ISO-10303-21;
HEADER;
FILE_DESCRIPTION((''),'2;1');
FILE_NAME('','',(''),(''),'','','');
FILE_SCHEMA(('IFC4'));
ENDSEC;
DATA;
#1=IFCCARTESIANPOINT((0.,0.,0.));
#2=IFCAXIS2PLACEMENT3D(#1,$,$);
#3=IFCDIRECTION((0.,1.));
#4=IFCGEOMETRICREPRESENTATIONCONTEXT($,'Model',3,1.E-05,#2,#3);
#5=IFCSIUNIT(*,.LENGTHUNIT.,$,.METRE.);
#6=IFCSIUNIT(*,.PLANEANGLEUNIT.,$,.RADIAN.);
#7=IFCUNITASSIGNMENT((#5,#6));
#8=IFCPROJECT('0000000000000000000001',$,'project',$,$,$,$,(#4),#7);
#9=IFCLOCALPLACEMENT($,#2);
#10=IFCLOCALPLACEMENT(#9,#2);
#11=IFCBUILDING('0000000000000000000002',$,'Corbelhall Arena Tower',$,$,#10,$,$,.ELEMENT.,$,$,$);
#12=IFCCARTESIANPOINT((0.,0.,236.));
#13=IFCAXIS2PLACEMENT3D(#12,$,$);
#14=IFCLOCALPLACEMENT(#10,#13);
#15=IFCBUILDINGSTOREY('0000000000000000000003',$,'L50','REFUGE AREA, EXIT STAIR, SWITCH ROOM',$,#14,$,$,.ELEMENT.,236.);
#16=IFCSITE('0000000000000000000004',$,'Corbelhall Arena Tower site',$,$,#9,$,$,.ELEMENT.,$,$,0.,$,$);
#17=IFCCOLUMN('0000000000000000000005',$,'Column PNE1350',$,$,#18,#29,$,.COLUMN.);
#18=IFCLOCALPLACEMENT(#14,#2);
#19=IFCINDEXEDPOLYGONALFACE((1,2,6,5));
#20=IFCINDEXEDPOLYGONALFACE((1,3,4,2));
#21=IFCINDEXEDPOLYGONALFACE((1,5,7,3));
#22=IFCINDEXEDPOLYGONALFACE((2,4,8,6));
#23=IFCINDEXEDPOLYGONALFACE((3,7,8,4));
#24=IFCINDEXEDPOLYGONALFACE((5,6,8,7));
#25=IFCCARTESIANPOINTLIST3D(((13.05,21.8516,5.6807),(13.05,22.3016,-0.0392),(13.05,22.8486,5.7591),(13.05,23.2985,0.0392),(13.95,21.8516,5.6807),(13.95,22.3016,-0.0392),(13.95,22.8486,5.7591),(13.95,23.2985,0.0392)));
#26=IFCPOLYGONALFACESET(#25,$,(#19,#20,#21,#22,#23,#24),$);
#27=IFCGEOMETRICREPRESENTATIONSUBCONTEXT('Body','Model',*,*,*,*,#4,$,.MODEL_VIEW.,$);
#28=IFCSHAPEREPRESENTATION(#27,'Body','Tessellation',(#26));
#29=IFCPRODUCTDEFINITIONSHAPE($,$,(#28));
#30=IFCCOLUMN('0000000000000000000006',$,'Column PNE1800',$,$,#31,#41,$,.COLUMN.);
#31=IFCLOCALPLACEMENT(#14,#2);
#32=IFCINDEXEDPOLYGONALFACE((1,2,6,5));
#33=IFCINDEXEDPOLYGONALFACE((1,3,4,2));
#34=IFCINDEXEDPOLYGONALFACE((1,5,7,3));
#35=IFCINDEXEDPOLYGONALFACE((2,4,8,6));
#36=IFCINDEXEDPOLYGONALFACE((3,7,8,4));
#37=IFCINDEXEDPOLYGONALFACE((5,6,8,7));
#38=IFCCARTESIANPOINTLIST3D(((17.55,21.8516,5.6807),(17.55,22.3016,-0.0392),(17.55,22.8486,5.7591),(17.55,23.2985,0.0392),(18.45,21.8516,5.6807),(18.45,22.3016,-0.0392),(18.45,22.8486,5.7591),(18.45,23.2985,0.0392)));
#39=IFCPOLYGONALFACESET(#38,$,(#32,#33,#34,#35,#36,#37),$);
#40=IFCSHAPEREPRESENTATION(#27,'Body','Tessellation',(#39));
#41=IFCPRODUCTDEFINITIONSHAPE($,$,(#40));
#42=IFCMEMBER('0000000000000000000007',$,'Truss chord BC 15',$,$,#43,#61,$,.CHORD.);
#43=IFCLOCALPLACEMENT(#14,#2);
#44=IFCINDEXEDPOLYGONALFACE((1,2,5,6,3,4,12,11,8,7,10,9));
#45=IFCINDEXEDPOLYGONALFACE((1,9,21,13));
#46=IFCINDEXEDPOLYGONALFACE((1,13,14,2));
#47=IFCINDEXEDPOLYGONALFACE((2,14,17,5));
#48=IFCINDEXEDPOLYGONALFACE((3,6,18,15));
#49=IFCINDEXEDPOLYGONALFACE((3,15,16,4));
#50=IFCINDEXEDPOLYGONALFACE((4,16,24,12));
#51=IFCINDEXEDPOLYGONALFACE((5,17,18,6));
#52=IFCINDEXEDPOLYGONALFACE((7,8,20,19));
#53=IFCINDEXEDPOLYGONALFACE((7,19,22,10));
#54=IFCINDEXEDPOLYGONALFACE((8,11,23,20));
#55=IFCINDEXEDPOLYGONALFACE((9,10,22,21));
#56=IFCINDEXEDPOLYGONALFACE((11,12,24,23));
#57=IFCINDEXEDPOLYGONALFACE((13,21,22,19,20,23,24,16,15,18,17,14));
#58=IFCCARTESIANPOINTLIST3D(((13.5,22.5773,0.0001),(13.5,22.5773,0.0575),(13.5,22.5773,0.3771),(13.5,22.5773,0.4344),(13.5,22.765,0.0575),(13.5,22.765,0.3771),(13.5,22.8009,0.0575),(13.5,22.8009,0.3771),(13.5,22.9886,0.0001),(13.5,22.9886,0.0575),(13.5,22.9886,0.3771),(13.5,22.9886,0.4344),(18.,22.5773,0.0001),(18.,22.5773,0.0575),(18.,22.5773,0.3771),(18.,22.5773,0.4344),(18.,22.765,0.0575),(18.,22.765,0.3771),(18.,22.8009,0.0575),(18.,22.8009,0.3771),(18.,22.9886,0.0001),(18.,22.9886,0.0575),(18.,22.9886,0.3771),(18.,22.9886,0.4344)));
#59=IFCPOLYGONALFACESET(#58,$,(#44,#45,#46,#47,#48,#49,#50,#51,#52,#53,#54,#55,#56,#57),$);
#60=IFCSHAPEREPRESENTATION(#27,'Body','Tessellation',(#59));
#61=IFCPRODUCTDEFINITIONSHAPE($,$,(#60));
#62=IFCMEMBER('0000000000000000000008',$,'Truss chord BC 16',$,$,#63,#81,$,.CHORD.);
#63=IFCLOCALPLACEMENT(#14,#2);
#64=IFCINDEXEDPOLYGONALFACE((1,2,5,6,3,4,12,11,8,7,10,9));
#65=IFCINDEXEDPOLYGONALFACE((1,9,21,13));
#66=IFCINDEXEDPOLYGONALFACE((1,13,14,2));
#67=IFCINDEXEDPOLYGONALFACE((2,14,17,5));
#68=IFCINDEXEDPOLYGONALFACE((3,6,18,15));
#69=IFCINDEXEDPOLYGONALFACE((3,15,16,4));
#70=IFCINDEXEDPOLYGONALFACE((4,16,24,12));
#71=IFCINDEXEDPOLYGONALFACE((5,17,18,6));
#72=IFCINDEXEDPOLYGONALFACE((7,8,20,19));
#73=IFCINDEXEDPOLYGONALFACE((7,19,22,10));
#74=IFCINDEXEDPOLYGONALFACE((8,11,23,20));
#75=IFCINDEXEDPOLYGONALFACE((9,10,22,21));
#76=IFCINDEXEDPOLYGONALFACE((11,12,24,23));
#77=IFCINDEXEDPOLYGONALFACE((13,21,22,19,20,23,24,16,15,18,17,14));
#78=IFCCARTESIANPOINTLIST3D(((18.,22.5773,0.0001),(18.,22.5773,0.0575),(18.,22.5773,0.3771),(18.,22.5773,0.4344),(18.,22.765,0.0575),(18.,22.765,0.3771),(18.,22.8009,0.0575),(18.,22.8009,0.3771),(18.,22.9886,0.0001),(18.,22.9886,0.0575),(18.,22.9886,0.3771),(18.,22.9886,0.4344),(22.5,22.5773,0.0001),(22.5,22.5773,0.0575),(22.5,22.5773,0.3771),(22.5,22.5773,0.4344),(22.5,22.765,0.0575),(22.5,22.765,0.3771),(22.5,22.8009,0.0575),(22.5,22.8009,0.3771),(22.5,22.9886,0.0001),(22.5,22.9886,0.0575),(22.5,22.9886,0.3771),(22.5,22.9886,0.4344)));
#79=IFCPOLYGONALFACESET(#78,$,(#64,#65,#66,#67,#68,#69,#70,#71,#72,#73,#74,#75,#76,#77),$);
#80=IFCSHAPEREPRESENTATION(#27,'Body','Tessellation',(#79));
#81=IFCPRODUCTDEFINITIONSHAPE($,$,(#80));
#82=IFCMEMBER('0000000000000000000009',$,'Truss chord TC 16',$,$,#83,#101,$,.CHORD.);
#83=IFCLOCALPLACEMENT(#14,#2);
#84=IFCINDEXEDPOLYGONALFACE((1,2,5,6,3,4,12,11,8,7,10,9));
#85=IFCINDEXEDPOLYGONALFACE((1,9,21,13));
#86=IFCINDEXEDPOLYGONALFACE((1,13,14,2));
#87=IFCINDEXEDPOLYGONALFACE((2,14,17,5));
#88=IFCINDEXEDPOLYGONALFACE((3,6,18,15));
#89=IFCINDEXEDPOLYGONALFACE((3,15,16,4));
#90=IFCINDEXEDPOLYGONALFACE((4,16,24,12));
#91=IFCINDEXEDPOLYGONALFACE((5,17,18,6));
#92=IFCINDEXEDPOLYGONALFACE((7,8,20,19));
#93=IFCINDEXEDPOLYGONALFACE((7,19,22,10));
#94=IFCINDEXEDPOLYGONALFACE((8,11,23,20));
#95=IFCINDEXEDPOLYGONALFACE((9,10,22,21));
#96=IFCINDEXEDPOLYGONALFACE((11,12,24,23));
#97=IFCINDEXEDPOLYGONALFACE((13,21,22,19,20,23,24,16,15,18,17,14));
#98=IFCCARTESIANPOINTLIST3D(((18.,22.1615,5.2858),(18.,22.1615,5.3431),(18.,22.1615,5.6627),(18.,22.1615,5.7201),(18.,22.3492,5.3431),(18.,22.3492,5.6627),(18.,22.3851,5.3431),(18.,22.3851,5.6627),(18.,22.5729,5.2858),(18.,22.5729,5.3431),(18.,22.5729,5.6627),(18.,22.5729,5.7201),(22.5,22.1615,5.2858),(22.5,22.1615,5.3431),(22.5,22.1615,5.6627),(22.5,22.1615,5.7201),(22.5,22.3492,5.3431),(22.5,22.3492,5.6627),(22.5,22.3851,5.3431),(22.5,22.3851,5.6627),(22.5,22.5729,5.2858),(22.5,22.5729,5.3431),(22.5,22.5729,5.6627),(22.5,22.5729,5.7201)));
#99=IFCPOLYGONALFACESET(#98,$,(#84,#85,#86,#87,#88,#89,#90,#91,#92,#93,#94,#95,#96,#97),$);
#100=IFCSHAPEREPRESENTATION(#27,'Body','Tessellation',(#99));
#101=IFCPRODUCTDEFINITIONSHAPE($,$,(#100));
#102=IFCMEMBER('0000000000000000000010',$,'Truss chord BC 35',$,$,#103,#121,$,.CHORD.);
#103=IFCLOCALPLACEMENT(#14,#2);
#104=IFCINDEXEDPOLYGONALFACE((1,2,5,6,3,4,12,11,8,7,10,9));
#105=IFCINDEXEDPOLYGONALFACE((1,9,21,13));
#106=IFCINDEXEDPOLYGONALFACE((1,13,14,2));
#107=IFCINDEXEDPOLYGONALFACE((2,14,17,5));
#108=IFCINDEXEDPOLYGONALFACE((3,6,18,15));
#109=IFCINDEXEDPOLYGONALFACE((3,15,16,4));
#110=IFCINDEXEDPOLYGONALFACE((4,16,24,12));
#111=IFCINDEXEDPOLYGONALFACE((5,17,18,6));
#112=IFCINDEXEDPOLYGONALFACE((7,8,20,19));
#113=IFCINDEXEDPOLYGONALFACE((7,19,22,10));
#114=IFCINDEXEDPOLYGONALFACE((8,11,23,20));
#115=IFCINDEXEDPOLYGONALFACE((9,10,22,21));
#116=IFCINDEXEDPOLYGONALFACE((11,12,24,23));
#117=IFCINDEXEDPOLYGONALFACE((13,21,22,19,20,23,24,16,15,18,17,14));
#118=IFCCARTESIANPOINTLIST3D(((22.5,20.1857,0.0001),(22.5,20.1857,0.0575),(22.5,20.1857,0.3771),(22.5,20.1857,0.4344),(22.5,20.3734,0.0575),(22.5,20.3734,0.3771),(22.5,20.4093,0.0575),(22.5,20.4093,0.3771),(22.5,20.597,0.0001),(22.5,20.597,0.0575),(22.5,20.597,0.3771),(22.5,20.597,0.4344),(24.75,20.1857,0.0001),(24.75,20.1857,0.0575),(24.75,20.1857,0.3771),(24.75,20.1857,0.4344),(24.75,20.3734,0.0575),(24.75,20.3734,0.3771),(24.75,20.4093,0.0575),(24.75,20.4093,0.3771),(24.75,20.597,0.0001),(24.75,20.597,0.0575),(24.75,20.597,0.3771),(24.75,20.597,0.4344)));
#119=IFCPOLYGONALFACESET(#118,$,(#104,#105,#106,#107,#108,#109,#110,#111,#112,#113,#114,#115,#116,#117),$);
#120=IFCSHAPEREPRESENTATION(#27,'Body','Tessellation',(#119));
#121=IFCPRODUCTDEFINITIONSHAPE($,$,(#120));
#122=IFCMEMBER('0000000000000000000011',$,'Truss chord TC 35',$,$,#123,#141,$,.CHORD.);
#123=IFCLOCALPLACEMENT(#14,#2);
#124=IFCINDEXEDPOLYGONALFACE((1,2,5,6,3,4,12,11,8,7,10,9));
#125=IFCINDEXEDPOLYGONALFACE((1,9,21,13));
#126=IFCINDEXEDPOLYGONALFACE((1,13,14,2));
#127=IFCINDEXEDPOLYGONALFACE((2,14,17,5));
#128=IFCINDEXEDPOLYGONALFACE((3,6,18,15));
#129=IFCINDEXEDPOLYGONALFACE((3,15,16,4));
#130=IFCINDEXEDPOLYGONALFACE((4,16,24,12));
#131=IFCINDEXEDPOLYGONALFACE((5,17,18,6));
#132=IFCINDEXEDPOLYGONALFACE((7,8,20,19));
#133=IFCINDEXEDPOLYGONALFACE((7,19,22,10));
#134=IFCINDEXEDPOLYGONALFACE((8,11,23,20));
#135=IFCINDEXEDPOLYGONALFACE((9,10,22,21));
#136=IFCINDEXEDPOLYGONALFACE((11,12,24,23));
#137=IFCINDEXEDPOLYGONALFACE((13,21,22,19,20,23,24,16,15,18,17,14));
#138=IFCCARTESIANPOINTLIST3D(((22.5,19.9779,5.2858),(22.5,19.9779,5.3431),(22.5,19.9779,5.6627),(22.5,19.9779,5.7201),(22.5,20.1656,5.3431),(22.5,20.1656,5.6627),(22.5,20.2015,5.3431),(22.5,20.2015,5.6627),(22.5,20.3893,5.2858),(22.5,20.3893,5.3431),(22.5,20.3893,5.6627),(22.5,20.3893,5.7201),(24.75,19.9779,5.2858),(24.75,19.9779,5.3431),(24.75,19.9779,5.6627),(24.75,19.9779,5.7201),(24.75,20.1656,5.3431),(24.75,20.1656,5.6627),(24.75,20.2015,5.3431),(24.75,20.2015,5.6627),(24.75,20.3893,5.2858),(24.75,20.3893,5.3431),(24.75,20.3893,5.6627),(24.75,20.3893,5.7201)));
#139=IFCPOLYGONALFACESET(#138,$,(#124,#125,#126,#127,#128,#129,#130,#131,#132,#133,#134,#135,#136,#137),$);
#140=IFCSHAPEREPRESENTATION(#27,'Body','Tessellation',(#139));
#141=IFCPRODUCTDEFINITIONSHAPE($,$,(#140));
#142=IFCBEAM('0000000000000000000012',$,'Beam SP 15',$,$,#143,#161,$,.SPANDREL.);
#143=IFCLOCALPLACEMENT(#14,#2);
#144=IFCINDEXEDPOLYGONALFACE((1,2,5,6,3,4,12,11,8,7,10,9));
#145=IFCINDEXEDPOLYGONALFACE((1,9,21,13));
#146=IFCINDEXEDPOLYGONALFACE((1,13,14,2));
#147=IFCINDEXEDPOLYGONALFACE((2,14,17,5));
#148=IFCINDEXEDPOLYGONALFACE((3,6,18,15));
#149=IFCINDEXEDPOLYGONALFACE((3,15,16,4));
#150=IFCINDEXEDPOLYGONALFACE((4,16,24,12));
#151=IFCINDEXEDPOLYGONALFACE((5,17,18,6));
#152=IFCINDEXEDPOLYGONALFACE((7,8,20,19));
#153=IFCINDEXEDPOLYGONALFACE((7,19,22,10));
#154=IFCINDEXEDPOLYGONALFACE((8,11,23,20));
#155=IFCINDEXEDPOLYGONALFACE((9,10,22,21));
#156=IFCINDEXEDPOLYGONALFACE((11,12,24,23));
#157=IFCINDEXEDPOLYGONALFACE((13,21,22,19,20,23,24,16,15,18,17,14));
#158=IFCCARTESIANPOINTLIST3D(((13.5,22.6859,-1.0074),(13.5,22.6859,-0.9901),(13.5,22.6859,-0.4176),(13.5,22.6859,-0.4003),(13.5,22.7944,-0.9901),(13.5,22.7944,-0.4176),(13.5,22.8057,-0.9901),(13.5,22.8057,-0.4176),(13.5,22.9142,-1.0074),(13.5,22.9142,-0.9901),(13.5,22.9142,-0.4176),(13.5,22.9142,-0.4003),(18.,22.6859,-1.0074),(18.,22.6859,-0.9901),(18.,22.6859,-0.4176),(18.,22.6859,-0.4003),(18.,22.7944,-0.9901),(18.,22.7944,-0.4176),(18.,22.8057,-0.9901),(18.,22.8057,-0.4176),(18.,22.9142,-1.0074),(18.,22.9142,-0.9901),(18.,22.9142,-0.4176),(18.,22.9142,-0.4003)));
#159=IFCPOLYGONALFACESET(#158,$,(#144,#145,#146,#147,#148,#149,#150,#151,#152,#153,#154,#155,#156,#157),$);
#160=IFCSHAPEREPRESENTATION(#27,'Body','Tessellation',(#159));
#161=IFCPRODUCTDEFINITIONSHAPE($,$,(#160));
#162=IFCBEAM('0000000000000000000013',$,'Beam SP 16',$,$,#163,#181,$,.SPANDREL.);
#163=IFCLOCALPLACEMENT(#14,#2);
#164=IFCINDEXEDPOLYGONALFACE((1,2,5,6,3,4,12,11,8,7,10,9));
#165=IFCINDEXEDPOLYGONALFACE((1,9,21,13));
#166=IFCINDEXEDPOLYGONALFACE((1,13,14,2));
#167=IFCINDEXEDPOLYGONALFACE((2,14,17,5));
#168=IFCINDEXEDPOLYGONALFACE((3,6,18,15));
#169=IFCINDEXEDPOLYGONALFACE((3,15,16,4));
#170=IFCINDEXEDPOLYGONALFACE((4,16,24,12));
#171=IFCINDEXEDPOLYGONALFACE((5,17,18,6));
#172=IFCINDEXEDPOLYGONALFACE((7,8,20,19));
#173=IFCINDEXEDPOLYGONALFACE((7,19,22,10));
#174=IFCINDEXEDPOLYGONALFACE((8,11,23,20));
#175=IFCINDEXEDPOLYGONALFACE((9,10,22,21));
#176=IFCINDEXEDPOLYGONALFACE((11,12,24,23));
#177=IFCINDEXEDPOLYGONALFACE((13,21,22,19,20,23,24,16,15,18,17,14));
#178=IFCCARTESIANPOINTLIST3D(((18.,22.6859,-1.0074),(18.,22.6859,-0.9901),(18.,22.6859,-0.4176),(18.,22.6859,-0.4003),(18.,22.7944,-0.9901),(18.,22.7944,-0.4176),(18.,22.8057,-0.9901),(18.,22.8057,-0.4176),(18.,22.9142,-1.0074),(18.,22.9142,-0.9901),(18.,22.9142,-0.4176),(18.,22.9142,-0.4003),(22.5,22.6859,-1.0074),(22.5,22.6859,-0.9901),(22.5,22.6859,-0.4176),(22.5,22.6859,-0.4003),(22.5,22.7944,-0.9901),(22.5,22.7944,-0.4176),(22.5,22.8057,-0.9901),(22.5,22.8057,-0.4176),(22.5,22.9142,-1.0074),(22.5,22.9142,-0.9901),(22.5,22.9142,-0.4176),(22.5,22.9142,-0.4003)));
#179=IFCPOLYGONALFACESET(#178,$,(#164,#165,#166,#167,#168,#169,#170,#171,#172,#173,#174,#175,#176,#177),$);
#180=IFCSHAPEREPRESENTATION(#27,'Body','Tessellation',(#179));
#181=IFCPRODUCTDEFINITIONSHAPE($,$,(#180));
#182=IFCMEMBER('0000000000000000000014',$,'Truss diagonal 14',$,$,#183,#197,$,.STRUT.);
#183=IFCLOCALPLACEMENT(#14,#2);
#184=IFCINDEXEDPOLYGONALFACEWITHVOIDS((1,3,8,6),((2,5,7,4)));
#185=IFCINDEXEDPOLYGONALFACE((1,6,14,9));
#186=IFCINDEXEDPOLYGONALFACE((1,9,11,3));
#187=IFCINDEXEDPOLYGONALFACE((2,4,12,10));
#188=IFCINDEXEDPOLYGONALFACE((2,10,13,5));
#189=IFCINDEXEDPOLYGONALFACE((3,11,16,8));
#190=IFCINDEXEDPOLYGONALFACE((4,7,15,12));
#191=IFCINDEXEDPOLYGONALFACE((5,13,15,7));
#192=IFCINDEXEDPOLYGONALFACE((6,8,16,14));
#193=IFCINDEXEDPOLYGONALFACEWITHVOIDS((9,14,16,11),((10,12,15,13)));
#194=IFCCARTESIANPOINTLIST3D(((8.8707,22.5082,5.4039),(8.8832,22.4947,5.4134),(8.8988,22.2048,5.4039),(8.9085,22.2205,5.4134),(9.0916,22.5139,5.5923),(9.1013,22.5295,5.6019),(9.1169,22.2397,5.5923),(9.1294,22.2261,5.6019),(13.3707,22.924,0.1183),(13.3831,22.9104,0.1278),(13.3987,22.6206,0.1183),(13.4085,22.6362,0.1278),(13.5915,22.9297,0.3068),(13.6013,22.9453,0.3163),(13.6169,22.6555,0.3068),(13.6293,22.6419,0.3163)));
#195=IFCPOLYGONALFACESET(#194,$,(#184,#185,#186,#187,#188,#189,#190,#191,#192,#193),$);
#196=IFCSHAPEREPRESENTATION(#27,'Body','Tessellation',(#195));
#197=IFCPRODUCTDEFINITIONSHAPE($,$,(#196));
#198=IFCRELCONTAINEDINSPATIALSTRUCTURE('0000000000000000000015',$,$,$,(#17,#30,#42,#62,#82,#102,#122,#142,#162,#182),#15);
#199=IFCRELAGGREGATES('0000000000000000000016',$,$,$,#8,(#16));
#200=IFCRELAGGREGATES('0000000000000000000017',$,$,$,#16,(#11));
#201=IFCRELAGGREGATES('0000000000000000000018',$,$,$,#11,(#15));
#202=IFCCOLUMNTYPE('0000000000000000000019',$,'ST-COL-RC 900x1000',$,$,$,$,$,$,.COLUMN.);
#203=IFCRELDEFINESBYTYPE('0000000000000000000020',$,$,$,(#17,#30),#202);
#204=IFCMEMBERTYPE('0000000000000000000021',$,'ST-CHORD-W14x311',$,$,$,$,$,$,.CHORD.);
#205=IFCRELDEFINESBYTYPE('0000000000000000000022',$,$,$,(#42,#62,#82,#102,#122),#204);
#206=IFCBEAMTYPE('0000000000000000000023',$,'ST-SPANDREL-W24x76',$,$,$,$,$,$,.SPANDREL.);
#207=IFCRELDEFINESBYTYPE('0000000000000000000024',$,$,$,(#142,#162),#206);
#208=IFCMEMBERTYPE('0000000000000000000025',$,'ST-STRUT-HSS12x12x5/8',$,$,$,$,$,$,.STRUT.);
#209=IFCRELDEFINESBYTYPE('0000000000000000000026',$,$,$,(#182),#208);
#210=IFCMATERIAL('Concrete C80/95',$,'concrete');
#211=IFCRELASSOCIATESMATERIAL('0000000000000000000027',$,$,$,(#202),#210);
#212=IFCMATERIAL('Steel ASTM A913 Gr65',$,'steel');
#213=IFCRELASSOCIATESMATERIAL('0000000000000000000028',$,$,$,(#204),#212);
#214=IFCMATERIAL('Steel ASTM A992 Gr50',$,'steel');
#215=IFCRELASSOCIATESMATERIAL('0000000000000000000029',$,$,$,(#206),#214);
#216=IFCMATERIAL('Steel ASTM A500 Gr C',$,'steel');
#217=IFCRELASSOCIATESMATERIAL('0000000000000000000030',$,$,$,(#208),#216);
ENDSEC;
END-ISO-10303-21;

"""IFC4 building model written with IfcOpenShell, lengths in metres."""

from ifc_helpers import new_model, si_unit, direction, frame, origin, origin_2d, place, context, subcontext, project, spatial, rectangle, hollow_rectangle, i_section, extrude, material, material_profile, profile_set, type_object, element, save


model = new_model("IFC4")

# Units and contexts
model_context = context("Model", 3, precision=1e-05, world=origin(), true_north=direction((0.0, 1.0)))
body_context = subcontext(model_context, "Body", "Model", "MODEL_VIEW")
ifc_project = project(units=[si_unit("LENGTHUNIT", "METRE"), si_unit("PLANEANGLEUNIT", "RADIAN")], contexts=[model_context])

# Site, building, storey
site_placement = place(None, origin())
site = spatial("IfcSite", under=ifc_project, at=site_placement, Name="Corbelhall Arena Tower site", CompositionType="ELEMENT", RefElevation=0.0)
building_placement = place(site_placement, origin())
building = spatial("IfcBuilding", under=site, at=building_placement, Name="Corbelhall Arena Tower", CompositionType="ELEMENT")
storey_placement = place(building_placement, frame((0.0, 0.0, 236.0)))
storey = spatial("IfcBuildingStorey", under=building, at=storey_placement, Name="L50", Description="REFUGE AREA, EXIT STAIR, SWITCH ROOM", CompositionType="ELEMENT", Elevation=236.0)

# Columns
ifc_material_1 = material(Name="Concrete C80/95", Category="concrete")
ifc_material_profile_1 = material_profile(ifc_material_1, rectangle(XDim=0.8999, YDim=1.0, at=origin_2d()))
ifc_profile_set_1 = profile_set([ifc_material_profile_1], Name="Concrete C80/95")
column_type = type_object("IfcColumnType", Name="ST-COL-RC 900x1000", PredefinedType="COLUMN", material=ifc_profile_set_1)
for number, where, z_axis, x_axis, name in (
    (1, (13.5, 22.8, 0.0), (0.0, -0.078421, 0.99692), (1.0, 0.0, 0.0), "Column PNE1350"),
    (2, (18.0, 22.8, 0.0), (0.0, -0.078421, 0.99692), (1.0, 0.0, 0.0), "Column PNE1800"),
):
    element("IfcColumn", number, at=place(storey_placement, frame(where, z_axis=z_axis, x_axis=x_axis)), inside=storey, type_object=column_type, Name=name, PredefinedType="COLUMN", context=body_context, shape_type="SweptSolid", body=[
        extrude(rectangle(XDim=0.8999, YDim=1.0, at=origin_2d()), origin(), (0.0, 0.0, 1.0), 5.7375),
    ])

# Members
ifc_material_2 = material(Name="Steel ASTM A913 Gr65", Category="steel")
ifc_material_profile_2 = material_profile(ifc_material_2, i_section(OverallWidth=0.4114, OverallDepth=0.4343, WebThickness=0.0359, FlangeThickness=0.0574, at=origin_2d()))
ifc_profile_set_2 = profile_set([ifc_material_profile_2], Name="Steel ASTM A913 Gr65")
member_type_1 = type_object("IfcMemberType", Name="ST-CHORD-W14x311", PredefinedType="CHORD", material=ifc_profile_set_2)
for number, where, z_axis, x_axis, name in (
    (3, (13.5, 22.783, 0.2173), (1.0, 0.0, 0.0), (0.0, 1.0, 0.0), "Truss chord BC 15"),
    (4, (18.0, 22.783, 0.2173), (1.0, 0.0, 0.0), (0.0, 1.0, 0.0), "Truss chord BC 16"),
    (5, (18.0, 22.3672, 5.5029), (1.0, 0.0, 0.0), (0.0, 1.0, 0.0), "Truss chord TC 16"),
):
    element("IfcMember", number, at=place(storey_placement, frame(where, z_axis=z_axis, x_axis=x_axis)), inside=storey, type_object=member_type_1, Name=name, PredefinedType="CHORD", context=body_context, shape_type="SweptSolid", body=[
        extrude(i_section(OverallWidth=0.4114, OverallDepth=0.4343, WebThickness=0.0359, FlangeThickness=0.0574, at=origin_2d()), origin(), (0.0, 0.0, 1.0), 4.5),
    ])
for number, where, z_axis, x_axis, name in (
    (6, (22.5, 20.3914, 0.2173), (1.0, 0.0, 0.0), (0.0, 1.0, 0.0), "Truss chord BC 35"),
    (7, (22.5, 20.1836, 5.5029), (1.0, 0.0, 0.0), (0.0, 1.0, 0.0), "Truss chord TC 35"),
):
    element("IfcMember", number, at=place(storey_placement, frame(where, z_axis=z_axis, x_axis=x_axis)), inside=storey, type_object=member_type_1, Name=name, PredefinedType="CHORD", context=body_context, shape_type="SweptSolid", body=[
        extrude(i_section(OverallWidth=0.4114, OverallDepth=0.4343, WebThickness=0.0359, FlangeThickness=0.0574, at=origin_2d()), origin(), (0.0, 0.0, 1.0), 2.25),
    ])

# Beams
ifc_material_3 = material(Name="Steel ASTM A992 Gr50", Category="steel")
ifc_material_profile_3 = material_profile(ifc_material_3, i_section(OverallWidth=0.2283, OverallDepth=0.6072, WebThickness=0.0112, FlangeThickness=0.0173, at=origin_2d()))
ifc_profile_set_3 = profile_set([ifc_material_profile_3], Name="Steel ASTM A992 Gr50")
beam_type = type_object("IfcBeamType", Name="ST-SPANDREL-W24x76", PredefinedType="SPANDREL", material=ifc_profile_set_3)
for number, where, z_axis, x_axis, name in (
    (8, (13.5, 22.8, -0.7039), (1.0, 0.0, 0.0), (0.0, 1.0, 0.0), "Beam SP 15"),
    (9, (18.0, 22.8, -0.7039), (1.0, 0.0, 0.0), (0.0, 1.0, 0.0), "Beam SP 16"),
):
    element("IfcBeam", number, at=place(storey_placement, frame(where, z_axis=z_axis, x_axis=x_axis)), inside=storey, type_object=beam_type, Name=name, PredefinedType="SPANDREL", context=body_context, shape_type="SweptSolid", body=[
        extrude(i_section(OverallWidth=0.2283, OverallDepth=0.6072, WebThickness=0.0112, FlangeThickness=0.0173, at=origin_2d()), origin(), (0.0, 0.0, 1.0), 4.5),
    ])

# Member
ifc_material_4 = material(Name="Steel ASTM A500 Gr C", Category="steel")
ifc_material_profile_4 = material_profile(ifc_material_4, hollow_rectangle(XDim=0.3047, YDim=0.3047, WallThickness=0.0146, at=origin_2d()))
ifc_profile_set_4 = profile_set([ifc_material_profile_4], Name="Steel ASTM A500 Gr C")
member_type_2 = type_object("IfcMemberType", Name="ST-STRUT-HSS12x12x5/8", PredefinedType="STRUT", material=ifc_profile_set_4)
for number, where, z_axis, x_axis, name in (
    (10, (13.5, 22.783, 0.2173), (-0.647091, -0.059787, 0.760065), (0.092002, -0.995759, 0.0), "Truss diagonal 14"),
):
    element("IfcMember", number, at=place(storey_placement, frame(where, z_axis=z_axis, x_axis=x_axis)), inside=storey, type_object=member_type_2, Name=name, PredefinedType="STRUT", context=body_context, shape_type="SweptSolid", body=[
        extrude(hollow_rectangle(XDim=0.3047, YDim=0.3047, WallThickness=0.0146, at=origin_2d()), origin(), (0.0, 0.0, 1.0), 6.9541),
    ])

save(model, "model.ifc")
